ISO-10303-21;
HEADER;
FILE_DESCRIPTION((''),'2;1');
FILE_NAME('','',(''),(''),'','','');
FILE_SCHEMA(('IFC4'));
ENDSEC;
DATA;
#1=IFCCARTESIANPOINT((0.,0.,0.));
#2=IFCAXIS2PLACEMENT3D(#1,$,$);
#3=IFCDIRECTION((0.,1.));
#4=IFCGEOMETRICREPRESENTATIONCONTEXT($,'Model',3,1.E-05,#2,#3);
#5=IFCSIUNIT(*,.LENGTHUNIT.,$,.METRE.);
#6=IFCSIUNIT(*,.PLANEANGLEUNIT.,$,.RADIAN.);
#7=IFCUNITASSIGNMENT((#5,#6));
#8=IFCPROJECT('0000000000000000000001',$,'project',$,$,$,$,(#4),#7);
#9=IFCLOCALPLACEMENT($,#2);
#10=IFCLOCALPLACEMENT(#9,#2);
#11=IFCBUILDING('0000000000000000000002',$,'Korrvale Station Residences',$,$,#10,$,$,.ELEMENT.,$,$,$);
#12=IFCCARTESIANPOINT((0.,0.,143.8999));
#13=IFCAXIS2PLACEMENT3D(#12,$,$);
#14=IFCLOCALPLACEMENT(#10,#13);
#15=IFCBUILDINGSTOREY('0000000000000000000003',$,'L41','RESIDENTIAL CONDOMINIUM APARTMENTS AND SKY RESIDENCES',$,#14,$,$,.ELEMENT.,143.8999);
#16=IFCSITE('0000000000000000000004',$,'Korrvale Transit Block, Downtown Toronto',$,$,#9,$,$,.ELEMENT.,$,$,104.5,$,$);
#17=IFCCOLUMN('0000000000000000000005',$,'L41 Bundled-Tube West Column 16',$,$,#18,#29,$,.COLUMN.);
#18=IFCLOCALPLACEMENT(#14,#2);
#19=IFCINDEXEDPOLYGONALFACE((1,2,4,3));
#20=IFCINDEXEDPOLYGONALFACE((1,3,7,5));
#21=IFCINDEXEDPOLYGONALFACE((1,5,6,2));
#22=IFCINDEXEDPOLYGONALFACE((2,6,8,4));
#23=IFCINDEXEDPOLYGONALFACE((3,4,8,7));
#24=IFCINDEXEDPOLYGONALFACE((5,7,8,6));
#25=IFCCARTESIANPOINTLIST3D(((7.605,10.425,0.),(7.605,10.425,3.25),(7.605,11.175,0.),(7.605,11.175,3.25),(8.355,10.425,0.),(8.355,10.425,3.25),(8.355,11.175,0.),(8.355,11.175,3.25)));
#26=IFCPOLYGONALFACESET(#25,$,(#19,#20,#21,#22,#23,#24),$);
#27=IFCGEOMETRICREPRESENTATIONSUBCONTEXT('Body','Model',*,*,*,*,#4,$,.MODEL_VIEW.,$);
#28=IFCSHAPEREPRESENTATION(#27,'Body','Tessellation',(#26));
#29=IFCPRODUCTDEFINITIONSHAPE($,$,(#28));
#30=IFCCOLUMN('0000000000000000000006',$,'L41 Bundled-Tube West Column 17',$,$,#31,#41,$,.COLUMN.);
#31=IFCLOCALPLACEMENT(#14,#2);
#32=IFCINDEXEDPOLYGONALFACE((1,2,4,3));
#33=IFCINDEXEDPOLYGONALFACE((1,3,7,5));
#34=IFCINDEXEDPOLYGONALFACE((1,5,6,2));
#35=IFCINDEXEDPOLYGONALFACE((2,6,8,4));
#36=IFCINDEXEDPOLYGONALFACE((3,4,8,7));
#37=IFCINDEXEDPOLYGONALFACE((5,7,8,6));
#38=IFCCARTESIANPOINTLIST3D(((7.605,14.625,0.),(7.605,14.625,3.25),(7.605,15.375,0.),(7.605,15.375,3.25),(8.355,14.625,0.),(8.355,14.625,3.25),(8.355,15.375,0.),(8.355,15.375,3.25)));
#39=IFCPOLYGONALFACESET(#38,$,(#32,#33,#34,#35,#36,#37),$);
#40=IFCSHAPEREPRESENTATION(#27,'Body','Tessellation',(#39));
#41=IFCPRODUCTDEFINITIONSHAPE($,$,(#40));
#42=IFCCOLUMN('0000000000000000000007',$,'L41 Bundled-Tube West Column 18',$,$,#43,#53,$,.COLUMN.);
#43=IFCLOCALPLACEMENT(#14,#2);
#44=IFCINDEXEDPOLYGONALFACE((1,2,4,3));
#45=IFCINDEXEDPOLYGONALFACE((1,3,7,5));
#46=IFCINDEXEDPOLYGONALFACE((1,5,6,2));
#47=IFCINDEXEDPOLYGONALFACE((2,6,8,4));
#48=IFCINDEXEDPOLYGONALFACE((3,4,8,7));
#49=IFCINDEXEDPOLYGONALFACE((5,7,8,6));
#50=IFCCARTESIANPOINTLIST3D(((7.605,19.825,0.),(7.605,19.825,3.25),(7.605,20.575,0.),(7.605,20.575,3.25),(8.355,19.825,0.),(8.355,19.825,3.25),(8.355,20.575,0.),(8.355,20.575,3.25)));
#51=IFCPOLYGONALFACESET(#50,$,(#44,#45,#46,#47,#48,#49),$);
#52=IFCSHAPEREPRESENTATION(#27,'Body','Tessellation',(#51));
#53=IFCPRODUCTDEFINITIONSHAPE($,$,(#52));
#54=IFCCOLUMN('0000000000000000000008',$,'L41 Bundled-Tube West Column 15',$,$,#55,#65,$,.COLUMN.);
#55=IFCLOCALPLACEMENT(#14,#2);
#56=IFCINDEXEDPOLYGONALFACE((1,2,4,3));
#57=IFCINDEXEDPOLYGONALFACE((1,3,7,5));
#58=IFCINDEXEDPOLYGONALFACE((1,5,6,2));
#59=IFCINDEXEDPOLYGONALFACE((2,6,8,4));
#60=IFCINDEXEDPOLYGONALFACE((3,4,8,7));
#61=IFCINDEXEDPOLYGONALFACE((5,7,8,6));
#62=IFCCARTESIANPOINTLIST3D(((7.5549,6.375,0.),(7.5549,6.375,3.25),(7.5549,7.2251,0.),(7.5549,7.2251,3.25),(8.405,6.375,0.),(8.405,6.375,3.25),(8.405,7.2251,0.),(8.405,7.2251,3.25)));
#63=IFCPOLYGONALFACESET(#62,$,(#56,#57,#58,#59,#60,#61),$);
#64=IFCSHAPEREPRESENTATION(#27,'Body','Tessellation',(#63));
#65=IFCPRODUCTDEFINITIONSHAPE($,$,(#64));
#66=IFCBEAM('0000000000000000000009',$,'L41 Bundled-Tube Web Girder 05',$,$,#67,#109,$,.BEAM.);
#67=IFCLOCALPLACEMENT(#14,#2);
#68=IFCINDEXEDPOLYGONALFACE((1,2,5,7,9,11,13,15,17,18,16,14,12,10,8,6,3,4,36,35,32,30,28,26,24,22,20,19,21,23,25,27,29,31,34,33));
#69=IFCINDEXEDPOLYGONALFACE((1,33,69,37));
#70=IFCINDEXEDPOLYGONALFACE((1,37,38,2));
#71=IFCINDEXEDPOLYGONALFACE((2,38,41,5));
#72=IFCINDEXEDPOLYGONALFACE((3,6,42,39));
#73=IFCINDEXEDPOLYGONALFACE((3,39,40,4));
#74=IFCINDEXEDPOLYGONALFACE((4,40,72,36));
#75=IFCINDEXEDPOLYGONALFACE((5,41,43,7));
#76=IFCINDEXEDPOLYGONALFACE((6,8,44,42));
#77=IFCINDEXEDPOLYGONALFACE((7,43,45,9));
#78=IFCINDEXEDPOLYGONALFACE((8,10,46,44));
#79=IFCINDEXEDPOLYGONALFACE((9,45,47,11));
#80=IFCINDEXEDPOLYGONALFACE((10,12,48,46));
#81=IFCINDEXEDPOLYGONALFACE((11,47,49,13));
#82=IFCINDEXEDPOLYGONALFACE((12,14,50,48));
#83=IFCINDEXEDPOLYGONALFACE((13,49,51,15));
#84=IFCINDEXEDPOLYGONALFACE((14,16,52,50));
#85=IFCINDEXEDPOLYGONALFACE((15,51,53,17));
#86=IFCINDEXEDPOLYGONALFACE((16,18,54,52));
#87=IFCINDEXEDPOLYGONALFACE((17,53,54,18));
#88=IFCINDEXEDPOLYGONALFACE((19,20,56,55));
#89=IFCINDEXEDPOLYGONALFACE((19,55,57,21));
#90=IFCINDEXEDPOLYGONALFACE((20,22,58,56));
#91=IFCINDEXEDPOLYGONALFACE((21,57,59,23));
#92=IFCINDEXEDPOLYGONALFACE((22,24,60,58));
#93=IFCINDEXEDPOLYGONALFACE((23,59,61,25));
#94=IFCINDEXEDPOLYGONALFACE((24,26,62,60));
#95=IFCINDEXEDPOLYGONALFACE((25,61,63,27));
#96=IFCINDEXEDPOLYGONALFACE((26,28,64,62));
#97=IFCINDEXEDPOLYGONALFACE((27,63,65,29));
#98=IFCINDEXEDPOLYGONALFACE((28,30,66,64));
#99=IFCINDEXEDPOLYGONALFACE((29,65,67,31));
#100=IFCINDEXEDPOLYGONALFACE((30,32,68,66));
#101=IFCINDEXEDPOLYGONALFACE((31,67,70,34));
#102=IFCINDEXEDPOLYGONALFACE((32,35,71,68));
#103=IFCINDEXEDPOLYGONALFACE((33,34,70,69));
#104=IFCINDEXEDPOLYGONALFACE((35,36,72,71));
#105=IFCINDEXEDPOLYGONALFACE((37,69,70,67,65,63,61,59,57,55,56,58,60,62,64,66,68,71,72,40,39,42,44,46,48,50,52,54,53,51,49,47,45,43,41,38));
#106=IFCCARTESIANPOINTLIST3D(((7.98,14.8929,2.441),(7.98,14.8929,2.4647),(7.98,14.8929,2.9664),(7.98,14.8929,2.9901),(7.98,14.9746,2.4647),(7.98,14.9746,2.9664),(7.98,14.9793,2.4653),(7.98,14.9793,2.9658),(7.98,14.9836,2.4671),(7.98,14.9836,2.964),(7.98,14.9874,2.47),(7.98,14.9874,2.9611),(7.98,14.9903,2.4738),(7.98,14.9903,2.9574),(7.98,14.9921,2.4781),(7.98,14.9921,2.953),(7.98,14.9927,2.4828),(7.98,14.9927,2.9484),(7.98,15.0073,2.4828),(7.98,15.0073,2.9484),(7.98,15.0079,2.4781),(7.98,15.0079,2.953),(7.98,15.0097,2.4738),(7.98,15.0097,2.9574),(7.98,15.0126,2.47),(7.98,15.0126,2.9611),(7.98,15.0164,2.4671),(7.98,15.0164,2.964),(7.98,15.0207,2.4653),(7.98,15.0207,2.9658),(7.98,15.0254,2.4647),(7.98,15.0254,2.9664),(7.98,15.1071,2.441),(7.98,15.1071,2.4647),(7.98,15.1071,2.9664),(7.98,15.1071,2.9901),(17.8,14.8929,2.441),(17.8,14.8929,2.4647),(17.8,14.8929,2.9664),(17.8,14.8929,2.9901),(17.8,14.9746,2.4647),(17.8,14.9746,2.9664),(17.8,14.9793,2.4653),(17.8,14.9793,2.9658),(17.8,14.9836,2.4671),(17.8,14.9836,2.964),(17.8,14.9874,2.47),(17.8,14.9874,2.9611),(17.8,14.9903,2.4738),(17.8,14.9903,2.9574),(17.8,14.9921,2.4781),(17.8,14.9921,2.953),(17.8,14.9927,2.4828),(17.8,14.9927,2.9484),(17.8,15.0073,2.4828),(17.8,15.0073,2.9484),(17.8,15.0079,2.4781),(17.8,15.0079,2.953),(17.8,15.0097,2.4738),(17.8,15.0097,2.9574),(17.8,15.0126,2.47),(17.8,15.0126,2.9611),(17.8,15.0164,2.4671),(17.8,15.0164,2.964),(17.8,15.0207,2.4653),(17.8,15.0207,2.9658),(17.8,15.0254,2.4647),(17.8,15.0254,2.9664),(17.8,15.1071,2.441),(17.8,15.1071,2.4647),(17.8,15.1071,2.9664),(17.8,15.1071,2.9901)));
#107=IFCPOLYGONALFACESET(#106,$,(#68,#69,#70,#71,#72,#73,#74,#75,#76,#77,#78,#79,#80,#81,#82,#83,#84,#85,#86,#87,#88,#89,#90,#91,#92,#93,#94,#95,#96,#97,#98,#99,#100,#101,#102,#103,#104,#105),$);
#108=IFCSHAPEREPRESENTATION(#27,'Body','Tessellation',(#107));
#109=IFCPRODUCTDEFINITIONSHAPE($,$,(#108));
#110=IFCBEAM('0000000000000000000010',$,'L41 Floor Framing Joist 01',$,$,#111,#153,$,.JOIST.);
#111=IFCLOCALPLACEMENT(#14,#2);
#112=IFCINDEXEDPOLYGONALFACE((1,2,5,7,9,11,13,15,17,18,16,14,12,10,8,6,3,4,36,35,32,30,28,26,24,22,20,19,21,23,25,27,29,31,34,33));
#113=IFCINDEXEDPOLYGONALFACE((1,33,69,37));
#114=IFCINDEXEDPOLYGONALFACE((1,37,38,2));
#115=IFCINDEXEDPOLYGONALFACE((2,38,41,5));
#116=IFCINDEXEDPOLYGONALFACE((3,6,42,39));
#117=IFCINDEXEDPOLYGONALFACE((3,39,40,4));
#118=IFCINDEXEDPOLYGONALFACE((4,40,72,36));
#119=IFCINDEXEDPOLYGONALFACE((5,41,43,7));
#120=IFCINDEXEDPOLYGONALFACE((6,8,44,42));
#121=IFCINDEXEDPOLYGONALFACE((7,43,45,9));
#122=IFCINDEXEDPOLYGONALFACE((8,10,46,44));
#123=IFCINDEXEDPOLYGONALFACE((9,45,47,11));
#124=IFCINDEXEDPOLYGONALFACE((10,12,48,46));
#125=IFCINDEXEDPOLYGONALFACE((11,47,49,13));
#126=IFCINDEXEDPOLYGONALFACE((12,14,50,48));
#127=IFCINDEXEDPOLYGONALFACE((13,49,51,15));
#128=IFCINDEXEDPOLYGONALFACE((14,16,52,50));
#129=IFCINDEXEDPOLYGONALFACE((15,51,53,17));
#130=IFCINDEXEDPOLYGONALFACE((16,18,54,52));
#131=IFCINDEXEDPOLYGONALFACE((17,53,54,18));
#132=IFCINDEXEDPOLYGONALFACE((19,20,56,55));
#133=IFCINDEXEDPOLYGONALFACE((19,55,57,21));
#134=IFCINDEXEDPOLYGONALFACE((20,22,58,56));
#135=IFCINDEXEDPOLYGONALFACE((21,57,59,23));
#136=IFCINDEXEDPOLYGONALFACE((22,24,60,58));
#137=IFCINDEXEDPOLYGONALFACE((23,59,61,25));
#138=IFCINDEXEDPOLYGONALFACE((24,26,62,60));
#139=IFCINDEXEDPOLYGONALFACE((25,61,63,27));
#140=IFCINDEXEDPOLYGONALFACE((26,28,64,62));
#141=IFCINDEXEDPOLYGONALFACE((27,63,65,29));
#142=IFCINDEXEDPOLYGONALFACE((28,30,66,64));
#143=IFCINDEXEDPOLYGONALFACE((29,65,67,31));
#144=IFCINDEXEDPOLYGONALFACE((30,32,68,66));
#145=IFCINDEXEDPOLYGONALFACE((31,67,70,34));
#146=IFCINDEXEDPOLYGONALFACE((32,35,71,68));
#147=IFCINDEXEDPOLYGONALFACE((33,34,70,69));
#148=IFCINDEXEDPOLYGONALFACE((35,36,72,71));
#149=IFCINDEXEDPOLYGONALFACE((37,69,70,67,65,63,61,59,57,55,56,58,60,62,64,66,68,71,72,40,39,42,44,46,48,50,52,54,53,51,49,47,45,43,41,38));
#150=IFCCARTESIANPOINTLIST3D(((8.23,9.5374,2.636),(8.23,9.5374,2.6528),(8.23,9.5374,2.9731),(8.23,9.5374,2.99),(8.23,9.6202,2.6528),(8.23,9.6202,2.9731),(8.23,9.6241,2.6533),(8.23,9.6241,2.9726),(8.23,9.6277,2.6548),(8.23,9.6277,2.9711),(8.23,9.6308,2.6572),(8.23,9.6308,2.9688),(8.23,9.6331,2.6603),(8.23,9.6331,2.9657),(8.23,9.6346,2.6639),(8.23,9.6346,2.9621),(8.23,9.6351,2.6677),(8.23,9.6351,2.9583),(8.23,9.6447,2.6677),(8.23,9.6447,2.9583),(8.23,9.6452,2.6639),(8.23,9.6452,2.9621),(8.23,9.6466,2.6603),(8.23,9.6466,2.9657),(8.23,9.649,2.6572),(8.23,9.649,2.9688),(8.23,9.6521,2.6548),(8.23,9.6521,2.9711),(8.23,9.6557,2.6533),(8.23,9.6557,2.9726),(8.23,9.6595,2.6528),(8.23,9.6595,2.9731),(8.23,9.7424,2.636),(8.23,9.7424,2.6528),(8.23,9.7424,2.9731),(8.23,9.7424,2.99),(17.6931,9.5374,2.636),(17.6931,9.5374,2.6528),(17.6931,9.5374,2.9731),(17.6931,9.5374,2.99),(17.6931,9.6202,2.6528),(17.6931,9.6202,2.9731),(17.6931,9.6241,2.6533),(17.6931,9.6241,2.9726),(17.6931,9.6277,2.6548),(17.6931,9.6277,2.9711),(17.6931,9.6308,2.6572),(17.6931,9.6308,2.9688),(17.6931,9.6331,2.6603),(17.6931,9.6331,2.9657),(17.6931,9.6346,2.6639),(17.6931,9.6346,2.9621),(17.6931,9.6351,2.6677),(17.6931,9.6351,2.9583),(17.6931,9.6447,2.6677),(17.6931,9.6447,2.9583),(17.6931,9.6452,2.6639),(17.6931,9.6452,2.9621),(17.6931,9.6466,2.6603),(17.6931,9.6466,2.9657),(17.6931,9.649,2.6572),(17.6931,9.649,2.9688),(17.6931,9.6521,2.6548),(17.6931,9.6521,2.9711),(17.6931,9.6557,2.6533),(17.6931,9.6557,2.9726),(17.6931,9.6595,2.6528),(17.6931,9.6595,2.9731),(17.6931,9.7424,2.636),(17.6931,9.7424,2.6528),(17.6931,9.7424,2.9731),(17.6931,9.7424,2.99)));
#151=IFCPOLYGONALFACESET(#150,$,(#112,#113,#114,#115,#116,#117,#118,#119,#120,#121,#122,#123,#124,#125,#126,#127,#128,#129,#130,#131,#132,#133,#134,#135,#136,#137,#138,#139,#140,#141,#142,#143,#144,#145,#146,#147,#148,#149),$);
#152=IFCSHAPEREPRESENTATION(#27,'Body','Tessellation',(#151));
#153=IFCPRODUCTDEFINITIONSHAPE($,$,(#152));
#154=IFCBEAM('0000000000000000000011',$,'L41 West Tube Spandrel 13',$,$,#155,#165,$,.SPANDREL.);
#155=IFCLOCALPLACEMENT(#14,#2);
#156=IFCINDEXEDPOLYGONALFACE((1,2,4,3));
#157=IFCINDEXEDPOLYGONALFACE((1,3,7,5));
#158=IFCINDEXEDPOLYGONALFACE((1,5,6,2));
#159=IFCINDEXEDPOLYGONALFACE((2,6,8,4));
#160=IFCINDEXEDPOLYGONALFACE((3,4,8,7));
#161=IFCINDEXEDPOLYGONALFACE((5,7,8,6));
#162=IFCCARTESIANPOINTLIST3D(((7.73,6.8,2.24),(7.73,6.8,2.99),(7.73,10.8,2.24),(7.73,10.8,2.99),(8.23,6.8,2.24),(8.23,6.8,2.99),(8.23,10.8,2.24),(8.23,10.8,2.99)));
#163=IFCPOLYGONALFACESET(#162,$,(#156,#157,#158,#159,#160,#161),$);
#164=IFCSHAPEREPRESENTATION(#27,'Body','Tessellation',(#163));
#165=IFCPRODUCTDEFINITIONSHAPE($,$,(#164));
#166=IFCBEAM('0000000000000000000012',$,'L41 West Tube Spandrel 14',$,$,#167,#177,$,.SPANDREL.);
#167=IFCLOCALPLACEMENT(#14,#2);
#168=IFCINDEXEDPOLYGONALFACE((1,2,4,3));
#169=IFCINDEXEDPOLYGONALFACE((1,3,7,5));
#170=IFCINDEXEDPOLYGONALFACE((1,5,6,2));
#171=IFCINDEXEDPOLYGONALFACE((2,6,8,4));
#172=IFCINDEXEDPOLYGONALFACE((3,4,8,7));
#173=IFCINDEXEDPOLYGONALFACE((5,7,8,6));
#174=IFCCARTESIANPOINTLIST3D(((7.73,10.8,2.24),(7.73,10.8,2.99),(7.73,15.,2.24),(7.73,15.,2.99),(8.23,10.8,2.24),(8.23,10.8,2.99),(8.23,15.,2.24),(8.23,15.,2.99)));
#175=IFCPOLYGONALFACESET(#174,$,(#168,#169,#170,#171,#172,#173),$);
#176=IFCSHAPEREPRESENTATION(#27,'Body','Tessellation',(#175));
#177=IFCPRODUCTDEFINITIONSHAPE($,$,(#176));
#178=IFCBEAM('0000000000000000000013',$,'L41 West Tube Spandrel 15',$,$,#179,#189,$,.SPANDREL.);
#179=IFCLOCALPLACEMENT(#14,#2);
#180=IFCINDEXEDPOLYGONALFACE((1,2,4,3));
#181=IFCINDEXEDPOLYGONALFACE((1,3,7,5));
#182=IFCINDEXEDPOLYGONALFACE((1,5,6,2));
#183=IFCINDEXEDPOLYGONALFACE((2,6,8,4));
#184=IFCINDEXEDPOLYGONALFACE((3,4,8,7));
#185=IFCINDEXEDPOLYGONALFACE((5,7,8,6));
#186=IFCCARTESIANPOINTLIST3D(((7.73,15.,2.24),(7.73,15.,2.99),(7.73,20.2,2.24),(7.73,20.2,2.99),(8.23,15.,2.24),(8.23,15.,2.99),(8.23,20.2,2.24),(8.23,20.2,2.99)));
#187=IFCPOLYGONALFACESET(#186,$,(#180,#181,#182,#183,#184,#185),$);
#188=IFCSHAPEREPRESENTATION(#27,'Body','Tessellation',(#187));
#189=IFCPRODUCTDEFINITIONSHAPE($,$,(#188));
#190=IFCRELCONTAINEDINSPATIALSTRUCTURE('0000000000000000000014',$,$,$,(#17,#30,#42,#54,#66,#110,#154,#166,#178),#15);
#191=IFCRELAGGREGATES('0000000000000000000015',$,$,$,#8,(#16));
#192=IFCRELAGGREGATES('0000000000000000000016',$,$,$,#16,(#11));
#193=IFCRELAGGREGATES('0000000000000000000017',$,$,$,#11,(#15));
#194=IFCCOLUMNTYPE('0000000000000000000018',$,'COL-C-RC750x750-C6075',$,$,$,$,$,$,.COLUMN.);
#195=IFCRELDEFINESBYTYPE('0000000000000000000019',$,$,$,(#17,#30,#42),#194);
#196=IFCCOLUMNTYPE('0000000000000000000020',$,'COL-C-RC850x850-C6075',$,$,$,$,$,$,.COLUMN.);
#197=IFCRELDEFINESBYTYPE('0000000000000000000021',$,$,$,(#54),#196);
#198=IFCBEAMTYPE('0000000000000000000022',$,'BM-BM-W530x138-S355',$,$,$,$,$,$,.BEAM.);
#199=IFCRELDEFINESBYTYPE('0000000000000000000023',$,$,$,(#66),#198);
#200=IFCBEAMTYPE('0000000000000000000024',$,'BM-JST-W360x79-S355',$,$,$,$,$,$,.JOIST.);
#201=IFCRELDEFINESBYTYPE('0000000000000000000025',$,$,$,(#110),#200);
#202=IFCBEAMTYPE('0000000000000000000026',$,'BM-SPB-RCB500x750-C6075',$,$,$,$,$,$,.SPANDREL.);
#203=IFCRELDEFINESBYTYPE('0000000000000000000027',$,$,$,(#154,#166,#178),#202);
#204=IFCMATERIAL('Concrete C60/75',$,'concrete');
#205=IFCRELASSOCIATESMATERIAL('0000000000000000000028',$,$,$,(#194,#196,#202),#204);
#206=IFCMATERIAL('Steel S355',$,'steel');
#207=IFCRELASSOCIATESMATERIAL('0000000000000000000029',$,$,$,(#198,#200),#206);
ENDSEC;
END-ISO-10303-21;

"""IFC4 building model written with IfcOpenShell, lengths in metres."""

from ifc_helpers import new_model, si_unit, direction, frame, origin, origin_2d, place, context, subcontext, project, spatial, rectangle, i_section, extrude, material, material_profile, profile_set, type_object, element, save


model = new_model("IFC4")

# Units and contexts
model_context = context("Model", 3, precision=1e-05, world=origin(), true_north=direction((0.0, 1.0)))
body_context = subcontext(model_context, "Body", "Model", "MODEL_VIEW")
ifc_project = project(units=[si_unit("LENGTHUNIT", "METRE"), si_unit("PLANEANGLEUNIT", "RADIAN")], contexts=[model_context])

# Site, building, storey
site_placement = place(None, origin())
site = spatial("IfcSite", under=ifc_project, at=site_placement, Name="Korrvale Transit Block, Downtown Toronto", CompositionType="ELEMENT", RefElevation=104.5)
building_placement = place(site_placement, origin())
building = spatial("IfcBuilding", under=site, at=building_placement, Name="Korrvale Station Residences", CompositionType="ELEMENT")
storey_placement = place(building_placement, frame((0.0, 0.0, 143.8999)))
storey = spatial("IfcBuildingStorey", under=building, at=storey_placement, Name="L41", Description="RESIDENTIAL CONDOMINIUM APARTMENTS AND SKY RESIDENCES", CompositionType="ELEMENT", Elevation=143.8999)

# Columns
ifc_material_1 = material(Name="Concrete C60/75", Category="concrete")
ifc_material_profile_1 = material_profile(ifc_material_1, rectangle(XDim=0.75, YDim=0.75, at=origin_2d()), Name="RC750x750")
ifc_profile_set_1 = profile_set([ifc_material_profile_1], Name="Concrete C60/75")
column_type_1 = type_object("IfcColumnType", Name="COL-C-RC750x750-C6075", PredefinedType="COLUMN", material=ifc_profile_set_1)
for number, where, z_axis, x_axis, name in (
    (1, (7.98, 10.8, 0.0), (0.0, 0.0, 1.0), (1.0, 0.0, 0.0), "L41 Bundled-Tube West Column 16"),
    (2, (7.98, 15.0, 0.0), (0.0, 0.0, 1.0), (1.0, 0.0, 0.0), "L41 Bundled-Tube West Column 17"),
    (3, (7.98, 20.2, 0.0), (0.0, 0.0, 1.0), (1.0, 0.0, 0.0), "L41 Bundled-Tube West Column 18"),
):
    element("IfcColumn", number, at=place(storey_placement, frame(where, z_axis=z_axis, x_axis=x_axis)), inside=storey, type_object=column_type_1, Name=name, PredefinedType="COLUMN", context=body_context, shape_type="SweptSolid", body=[
        extrude(rectangle(XDim=0.75, YDim=0.75, at=origin_2d()), origin(), (0.0, 0.0, 1.0), 3.25),
    ])
ifc_material_profile_2 = material_profile(ifc_material_1, rectangle(XDim=0.8501, YDim=0.8501, at=origin_2d()), Name="RC850x850")
ifc_profile_set_2 = profile_set([ifc_material_profile_2], Name="Concrete C60/75")
column_type_2 = type_object("IfcColumnType", Name="COL-C-RC850x850-C6075", PredefinedType="COLUMN", material=ifc_profile_set_2)
column_placement = place(storey_placement, frame((7.98, 6.8, 0.0), z_axis=(0.0, 0.0, 1.0), x_axis=(1.0, 0.0, 0.0)))
element("IfcColumn", 4, at=column_placement, inside=storey, type_object=column_type_2, Name="L41 Bundled-Tube West Column 15", PredefinedType="COLUMN", context=body_context, shape_type="SweptSolid", body=[
    extrude(rectangle(XDim=0.8501, YDim=0.8501, at=origin_2d()), origin(), (0.0, 0.0, 1.0), 3.25),
])

# Beams
ifc_material_2 = material(Name="Steel S355", Category="steel")
ifc_material_profile_3 = material_profile(ifc_material_2, i_section(OverallWidth=0.2141, OverallDepth=0.5491, WebThickness=0.0146, FlangeThickness=0.0237, FilletRadius=0.0181, at=origin_2d()), Name="W530x138")
ifc_profile_set_3 = profile_set([ifc_material_profile_3], Name="Steel S355")
beam_type_1 = type_object("IfcBeamType", Name="BM-BM-W530x138-S355", PredefinedType="BEAM", material=ifc_profile_set_3)
beam_1_placement = place(storey_placement, frame((7.98, 15.0, 2.7156), z_axis=(1.0, 0.0, 0.0), x_axis=(0.0, 1.0, 0.0)))
element("IfcBeam", 5, at=beam_1_placement, inside=storey, type_object=beam_type_1, Name="L41 Bundled-Tube Web Girder 05", PredefinedType="BEAM", context=body_context, shape_type="SweptSolid", body=[
    extrude(i_section(OverallWidth=0.2141, OverallDepth=0.5491, WebThickness=0.0146, FlangeThickness=0.0237, FilletRadius=0.0181, at=origin_2d()), origin(), (0.0, 0.0, 1.0), 9.8201),
])
ifc_material_profile_4 = material_profile(ifc_material_2, i_section(OverallWidth=0.2051, OverallDepth=0.354, WebThickness=0.0095, FlangeThickness=0.0168, FilletRadius=0.0149, at=origin_2d()), Name="W360x79")
ifc_profile_set_4 = profile_set([ifc_material_profile_4], Name="Steel S355")
beam_type_2 = type_object("IfcBeamType", Name="BM-JST-W360x79-S355", PredefinedType="JOIST", material=ifc_profile_set_4)
beam_2_placement = place(storey_placement, frame((8.23, 9.6399, 2.813), z_axis=(1.0, 0.0, 0.0), x_axis=(0.0, 1.0, 0.0)))
element("IfcBeam", 6, at=beam_2_placement, inside=storey, type_object=beam_type_2, Name="L41 Floor Framing Joist 01", PredefinedType="JOIST", context=body_context, shape_type="SweptSolid", body=[
    extrude(i_section(OverallWidth=0.2051, OverallDepth=0.354, WebThickness=0.0095, FlangeThickness=0.0168, FilletRadius=0.0149, at=origin_2d()), origin(), (0.0, 0.0, 1.0), 9.4631),
])
ifc_material_profile_5 = material_profile(ifc_material_1, rectangle(XDim=0.5, YDim=0.75, at=origin_2d()), Name="RCB500x750")
ifc_profile_set_5 = profile_set([ifc_material_profile_5], Name="Concrete C60/75")
beam_type_3 = type_object("IfcBeamType", Name="BM-SPB-RCB500x750-C6075", PredefinedType="SPANDREL", material=ifc_profile_set_5)
beam_3_placement = place(storey_placement, frame((7.98, 6.8, 2.615), z_axis=(0.0, 1.0, 0.0), x_axis=(-1.0, 0.0, 0.0)))
element("IfcBeam", 7, at=beam_3_placement, inside=storey, type_object=beam_type_3, Name="L41 West Tube Spandrel 13", PredefinedType="SPANDREL", context=body_context, shape_type="SweptSolid", body=[
    extrude(rectangle(XDim=0.5, YDim=0.75, at=origin_2d()), origin(), (0.0, 0.0, 1.0), 4.0),
])
beam_4_placement = place(storey_placement, frame((7.98, 10.8, 2.615), z_axis=(0.0, 1.0, 0.0), x_axis=(-1.0, 0.0, 0.0)))
element("IfcBeam", 8, at=beam_4_placement, inside=storey, type_object=beam_type_3, Name="L41 West Tube Spandrel 14", PredefinedType="SPANDREL", context=body_context, shape_type="SweptSolid", body=[
    extrude(rectangle(XDim=0.5, YDim=0.75, at=origin_2d()), origin(), (0.0, 0.0, 1.0), 4.2),
])
beam_5_placement = place(storey_placement, frame((7.98, 15.0, 2.615), z_axis=(0.0, 1.0, 0.0), x_axis=(-1.0, 0.0, 0.0)))
element("IfcBeam", 9, at=beam_5_placement, inside=storey, type_object=beam_type_3, Name="L41 West Tube Spandrel 15", PredefinedType="SPANDREL", context=body_context, shape_type="SweptSolid", body=[
    extrude(rectangle(XDim=0.5, YDim=0.75, at=origin_2d()), origin(), (0.0, 0.0, 1.0), 5.2),
])

save(model, "model.ifc")
